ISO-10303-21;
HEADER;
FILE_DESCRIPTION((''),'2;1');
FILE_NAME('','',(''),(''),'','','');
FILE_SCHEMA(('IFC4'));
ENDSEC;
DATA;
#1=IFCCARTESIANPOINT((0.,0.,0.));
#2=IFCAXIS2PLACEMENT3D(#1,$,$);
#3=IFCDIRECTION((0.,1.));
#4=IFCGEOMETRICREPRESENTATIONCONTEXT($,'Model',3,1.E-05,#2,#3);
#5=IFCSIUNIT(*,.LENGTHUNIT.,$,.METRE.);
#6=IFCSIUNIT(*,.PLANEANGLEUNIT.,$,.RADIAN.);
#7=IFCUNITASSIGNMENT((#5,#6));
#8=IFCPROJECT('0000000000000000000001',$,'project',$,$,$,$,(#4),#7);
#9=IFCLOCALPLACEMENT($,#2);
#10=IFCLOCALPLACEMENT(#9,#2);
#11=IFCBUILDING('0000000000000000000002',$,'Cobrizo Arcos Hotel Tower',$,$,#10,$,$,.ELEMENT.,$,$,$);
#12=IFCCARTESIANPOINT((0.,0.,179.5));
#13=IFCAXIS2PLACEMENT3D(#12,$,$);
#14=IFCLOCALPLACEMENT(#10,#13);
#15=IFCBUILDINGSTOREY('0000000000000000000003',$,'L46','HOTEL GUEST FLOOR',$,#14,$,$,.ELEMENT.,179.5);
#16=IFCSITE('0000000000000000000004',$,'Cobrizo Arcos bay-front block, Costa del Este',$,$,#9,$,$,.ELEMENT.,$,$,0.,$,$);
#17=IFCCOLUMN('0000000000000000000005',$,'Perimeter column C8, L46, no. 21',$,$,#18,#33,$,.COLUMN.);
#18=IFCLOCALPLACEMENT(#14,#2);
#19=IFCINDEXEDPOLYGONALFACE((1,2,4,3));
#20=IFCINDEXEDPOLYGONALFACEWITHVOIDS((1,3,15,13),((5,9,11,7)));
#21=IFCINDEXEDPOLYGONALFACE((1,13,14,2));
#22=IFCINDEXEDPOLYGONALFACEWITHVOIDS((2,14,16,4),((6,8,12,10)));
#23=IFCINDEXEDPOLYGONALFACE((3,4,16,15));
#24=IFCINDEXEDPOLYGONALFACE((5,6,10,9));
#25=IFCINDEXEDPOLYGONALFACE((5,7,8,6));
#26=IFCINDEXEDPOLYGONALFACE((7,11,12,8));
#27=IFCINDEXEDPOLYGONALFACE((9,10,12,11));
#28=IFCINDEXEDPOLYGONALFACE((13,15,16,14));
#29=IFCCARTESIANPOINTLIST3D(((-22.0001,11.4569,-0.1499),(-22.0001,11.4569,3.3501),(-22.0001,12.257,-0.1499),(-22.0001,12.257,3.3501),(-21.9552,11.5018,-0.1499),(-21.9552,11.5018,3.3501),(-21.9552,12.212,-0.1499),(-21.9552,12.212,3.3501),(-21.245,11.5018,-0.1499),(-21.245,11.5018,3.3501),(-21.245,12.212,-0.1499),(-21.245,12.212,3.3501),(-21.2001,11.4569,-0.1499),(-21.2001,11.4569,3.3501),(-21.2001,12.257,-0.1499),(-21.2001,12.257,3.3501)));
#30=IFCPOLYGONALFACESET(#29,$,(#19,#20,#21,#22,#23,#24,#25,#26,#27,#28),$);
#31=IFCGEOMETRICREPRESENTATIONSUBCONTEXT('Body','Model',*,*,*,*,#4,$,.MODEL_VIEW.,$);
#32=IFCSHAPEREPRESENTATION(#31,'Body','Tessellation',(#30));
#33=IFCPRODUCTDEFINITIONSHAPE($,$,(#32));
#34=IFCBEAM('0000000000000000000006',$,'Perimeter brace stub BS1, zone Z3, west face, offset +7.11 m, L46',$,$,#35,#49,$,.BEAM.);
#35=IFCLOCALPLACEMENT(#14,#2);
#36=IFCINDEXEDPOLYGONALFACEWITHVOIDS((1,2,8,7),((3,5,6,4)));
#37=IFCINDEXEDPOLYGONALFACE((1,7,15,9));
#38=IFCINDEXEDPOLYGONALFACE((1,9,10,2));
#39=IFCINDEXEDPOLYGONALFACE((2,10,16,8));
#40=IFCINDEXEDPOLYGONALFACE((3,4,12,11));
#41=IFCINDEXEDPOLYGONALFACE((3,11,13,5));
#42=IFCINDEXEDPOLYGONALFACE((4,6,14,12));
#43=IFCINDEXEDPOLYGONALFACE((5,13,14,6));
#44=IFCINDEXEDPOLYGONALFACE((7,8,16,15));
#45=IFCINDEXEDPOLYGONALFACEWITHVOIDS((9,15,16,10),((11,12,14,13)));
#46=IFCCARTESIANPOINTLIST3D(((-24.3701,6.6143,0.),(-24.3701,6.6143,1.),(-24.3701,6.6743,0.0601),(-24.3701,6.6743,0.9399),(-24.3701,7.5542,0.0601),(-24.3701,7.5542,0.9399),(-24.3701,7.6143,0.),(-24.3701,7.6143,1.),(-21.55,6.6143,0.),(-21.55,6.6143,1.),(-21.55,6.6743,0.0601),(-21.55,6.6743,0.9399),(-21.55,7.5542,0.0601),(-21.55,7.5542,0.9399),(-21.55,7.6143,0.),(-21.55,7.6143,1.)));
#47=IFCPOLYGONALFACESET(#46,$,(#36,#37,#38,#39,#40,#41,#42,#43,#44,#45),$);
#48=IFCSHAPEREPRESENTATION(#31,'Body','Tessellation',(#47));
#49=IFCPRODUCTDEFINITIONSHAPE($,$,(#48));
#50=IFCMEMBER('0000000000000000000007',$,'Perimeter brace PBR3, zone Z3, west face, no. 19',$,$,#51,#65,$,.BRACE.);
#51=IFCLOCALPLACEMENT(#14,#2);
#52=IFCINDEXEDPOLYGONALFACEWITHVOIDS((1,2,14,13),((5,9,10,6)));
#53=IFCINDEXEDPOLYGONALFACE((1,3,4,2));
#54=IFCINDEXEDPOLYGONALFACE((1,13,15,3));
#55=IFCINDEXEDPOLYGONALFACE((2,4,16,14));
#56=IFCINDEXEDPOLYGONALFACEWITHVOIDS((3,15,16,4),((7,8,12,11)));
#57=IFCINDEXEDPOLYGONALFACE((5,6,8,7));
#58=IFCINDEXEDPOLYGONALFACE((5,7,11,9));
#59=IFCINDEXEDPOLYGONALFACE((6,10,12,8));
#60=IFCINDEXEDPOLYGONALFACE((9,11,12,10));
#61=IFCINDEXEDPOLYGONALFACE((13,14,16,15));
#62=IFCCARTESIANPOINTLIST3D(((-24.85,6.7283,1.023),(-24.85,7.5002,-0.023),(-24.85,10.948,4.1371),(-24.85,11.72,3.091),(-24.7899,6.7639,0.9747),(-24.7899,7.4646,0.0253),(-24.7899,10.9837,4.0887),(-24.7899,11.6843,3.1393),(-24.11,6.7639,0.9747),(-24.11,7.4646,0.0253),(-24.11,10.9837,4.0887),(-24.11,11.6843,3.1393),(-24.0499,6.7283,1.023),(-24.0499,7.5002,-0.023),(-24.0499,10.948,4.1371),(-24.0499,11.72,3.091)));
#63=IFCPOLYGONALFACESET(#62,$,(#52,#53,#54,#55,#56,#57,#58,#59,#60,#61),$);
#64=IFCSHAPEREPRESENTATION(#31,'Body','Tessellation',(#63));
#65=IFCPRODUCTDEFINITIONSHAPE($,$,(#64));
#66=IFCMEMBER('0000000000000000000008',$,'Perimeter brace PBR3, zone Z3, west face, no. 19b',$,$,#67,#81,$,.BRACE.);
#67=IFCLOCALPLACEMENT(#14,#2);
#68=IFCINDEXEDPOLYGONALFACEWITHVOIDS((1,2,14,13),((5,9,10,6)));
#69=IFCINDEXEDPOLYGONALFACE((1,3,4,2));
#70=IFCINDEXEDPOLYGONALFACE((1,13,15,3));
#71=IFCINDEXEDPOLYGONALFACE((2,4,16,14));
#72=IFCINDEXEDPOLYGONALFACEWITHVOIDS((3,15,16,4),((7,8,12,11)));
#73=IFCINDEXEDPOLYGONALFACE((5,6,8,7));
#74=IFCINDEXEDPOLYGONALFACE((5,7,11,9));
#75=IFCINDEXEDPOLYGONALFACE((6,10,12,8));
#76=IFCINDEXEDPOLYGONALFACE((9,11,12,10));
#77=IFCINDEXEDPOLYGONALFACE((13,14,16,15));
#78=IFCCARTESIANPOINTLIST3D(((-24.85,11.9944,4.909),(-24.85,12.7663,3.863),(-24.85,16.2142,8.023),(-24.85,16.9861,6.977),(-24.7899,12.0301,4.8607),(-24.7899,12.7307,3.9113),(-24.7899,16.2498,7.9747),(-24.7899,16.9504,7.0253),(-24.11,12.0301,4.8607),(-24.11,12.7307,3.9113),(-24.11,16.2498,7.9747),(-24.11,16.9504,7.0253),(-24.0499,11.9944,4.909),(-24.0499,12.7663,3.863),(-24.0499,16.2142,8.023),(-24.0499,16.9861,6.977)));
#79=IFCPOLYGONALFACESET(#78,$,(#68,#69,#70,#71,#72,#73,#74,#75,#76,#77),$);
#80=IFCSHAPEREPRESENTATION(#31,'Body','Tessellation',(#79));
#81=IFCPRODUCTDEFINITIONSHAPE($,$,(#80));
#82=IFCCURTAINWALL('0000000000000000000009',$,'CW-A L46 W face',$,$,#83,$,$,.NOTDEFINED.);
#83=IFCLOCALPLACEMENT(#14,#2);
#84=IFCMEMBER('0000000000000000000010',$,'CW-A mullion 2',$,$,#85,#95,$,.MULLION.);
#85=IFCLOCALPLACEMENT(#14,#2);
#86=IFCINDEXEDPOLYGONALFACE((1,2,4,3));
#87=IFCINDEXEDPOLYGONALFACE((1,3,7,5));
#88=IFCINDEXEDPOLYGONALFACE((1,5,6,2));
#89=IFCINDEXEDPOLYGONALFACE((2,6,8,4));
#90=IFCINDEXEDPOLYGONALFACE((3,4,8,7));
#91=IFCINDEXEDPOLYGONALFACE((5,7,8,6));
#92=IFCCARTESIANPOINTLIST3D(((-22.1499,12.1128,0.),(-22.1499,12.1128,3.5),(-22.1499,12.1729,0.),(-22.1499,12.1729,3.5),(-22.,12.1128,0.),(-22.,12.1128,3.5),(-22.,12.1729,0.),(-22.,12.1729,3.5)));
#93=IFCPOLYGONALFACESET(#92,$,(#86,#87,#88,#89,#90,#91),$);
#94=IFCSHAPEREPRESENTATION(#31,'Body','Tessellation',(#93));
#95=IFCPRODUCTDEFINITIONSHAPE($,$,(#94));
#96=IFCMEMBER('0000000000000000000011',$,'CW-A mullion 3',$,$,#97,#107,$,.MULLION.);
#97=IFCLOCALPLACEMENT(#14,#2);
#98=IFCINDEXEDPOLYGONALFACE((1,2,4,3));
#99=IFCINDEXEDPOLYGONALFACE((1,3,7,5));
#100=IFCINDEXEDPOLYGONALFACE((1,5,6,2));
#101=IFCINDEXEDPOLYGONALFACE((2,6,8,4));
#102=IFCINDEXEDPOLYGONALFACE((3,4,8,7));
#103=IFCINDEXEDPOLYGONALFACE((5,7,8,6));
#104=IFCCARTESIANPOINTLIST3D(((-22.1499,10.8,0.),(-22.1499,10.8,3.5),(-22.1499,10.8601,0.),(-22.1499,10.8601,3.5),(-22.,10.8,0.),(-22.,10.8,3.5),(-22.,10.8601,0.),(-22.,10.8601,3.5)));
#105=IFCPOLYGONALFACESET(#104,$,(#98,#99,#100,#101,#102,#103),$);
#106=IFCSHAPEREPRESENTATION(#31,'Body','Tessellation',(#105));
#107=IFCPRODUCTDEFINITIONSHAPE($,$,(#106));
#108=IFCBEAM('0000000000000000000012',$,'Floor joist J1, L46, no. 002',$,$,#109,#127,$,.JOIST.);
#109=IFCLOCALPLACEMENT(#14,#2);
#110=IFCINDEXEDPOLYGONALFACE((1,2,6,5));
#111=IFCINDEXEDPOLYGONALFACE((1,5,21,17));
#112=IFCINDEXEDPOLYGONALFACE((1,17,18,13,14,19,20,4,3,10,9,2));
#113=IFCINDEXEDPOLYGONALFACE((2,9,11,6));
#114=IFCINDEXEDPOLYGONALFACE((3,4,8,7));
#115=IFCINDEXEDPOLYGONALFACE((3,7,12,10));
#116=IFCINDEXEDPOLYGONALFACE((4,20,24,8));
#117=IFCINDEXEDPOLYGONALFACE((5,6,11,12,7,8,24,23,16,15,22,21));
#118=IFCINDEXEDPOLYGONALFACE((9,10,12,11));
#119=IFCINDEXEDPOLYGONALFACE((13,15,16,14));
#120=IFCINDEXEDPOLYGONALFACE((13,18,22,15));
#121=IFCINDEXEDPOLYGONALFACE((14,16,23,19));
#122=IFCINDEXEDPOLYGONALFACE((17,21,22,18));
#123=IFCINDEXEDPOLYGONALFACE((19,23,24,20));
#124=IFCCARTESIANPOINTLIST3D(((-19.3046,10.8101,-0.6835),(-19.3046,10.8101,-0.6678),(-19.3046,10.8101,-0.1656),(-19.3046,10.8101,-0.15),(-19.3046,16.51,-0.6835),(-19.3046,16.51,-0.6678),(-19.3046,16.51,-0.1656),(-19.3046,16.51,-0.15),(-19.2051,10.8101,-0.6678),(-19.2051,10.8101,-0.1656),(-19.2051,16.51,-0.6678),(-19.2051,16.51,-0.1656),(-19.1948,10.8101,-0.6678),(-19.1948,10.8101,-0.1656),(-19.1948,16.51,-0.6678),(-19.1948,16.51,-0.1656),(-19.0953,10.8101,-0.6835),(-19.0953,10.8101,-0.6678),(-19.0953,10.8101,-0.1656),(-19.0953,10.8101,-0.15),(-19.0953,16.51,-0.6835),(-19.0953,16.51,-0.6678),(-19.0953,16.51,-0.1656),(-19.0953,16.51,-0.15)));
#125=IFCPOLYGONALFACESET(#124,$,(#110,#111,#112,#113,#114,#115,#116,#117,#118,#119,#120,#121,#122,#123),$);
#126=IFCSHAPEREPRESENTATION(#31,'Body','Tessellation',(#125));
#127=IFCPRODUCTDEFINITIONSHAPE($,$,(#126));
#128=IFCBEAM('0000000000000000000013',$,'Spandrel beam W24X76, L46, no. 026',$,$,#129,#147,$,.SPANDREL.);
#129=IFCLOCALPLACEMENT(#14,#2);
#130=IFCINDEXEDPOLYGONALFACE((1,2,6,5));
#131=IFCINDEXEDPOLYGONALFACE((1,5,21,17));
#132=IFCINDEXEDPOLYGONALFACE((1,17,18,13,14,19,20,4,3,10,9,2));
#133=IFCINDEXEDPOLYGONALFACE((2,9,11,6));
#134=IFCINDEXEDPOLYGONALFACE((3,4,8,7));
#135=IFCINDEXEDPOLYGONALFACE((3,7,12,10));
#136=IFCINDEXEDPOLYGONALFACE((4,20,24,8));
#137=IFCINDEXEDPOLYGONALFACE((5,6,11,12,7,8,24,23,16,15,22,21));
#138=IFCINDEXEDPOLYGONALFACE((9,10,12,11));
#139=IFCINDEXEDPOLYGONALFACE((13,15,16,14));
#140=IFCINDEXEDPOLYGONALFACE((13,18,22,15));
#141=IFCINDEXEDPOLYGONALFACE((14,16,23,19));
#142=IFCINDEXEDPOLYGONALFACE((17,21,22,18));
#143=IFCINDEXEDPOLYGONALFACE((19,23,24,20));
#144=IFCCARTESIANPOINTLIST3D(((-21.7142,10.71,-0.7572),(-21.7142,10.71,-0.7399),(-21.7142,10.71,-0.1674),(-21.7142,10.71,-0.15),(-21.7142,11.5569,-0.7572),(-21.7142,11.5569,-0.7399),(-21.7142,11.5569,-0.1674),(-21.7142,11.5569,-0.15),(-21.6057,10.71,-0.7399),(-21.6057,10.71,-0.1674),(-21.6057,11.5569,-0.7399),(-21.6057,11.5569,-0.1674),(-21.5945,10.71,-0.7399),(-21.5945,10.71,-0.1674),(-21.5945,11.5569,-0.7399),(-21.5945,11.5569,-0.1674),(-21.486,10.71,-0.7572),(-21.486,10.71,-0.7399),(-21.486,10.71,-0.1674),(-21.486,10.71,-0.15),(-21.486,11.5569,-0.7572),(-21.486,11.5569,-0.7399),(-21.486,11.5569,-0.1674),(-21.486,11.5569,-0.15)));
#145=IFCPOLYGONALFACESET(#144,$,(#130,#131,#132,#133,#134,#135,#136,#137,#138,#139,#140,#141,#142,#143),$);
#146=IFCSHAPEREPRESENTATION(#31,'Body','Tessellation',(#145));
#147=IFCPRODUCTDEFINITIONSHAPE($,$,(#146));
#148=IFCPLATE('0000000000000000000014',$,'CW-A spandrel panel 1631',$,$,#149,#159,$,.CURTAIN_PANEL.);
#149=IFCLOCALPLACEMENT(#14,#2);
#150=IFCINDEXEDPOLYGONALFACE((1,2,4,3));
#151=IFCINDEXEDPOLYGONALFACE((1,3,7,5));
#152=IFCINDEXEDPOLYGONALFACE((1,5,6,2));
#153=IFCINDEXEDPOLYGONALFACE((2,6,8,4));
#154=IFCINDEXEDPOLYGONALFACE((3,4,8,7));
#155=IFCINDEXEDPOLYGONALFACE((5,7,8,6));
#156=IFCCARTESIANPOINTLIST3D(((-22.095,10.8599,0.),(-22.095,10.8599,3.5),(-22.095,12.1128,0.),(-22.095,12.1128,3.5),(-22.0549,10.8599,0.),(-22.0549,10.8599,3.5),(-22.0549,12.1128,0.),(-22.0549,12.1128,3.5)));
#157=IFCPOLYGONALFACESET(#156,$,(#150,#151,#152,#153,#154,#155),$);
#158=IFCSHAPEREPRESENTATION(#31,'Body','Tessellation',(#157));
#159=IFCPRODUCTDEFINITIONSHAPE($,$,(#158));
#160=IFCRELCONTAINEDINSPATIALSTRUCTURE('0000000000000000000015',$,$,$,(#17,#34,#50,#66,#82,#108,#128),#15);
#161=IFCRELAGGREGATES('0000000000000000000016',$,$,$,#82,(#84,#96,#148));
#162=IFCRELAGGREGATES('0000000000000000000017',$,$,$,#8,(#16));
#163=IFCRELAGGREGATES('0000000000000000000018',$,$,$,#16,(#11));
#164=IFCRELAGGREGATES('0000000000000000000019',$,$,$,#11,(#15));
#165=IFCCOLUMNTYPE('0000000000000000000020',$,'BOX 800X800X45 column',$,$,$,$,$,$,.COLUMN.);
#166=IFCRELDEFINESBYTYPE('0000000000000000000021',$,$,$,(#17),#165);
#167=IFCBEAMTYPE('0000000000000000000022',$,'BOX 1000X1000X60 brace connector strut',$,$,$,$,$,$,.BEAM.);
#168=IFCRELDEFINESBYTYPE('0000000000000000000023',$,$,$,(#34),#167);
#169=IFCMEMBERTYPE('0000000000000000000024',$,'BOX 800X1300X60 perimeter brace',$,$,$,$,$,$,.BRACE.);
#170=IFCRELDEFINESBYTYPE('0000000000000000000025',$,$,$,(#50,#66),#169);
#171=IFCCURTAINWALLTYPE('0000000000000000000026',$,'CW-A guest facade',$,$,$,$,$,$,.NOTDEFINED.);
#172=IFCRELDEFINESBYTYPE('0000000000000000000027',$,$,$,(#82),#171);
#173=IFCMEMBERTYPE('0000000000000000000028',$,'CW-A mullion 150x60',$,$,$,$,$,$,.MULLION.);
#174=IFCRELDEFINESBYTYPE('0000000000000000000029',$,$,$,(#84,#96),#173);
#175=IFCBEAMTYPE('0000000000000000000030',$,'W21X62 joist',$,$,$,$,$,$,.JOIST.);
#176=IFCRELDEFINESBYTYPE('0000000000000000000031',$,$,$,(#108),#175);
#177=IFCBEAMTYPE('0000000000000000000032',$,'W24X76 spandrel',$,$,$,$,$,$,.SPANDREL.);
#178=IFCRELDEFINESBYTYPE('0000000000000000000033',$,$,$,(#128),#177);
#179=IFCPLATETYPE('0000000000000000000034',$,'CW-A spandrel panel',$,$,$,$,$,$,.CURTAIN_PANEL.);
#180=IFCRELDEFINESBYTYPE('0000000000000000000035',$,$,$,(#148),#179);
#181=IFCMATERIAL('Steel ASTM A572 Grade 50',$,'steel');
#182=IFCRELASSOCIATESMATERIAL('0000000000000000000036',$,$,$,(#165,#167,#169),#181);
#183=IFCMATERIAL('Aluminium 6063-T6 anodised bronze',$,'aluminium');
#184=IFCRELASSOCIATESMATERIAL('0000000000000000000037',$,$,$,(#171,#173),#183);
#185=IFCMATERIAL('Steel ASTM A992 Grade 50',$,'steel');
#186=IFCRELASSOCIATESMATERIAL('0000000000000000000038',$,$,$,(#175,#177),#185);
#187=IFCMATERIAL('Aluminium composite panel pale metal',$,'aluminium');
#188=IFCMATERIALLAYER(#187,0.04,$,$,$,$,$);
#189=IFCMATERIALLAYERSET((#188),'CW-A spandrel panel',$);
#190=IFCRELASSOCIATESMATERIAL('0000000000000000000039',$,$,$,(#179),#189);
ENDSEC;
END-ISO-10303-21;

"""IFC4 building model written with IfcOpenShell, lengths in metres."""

from ifc_helpers import new_model, si_unit, direction, frame, origin, origin_2d, place, context, subcontext, project, spatial, rectangle, hollow_rectangle, i_section, extrude, material, layer, layer_set, material_profile, profile_set, type_object, element, aggregate, save


model = new_model("IFC4")

# Units and contexts
model_context = context("Model", 3, precision=1e-05, world=origin(), true_north=direction((0.0, 1.0)))
body_context = subcontext(model_context, "Body", "Model", "MODEL_VIEW")
ifc_project = project(units=[si_unit("LENGTHUNIT", "METRE"), si_unit("PLANEANGLEUNIT", "RADIAN")], contexts=[model_context])

# Site, building, storey
site_placement = place(None, origin())
site = spatial("IfcSite", under=ifc_project, at=site_placement, Name="Cobrizo Arcos bay-front block, Costa del Este", CompositionType="ELEMENT", RefElevation=0.0)
building_placement = place(site_placement, origin())
building = spatial("IfcBuilding", under=site, at=building_placement, Name="Cobrizo Arcos Hotel Tower", CompositionType="ELEMENT")
storey_placement = place(building_placement, frame((0.0, 0.0, 179.5)))
storey = spatial("IfcBuildingStorey", under=building, at=storey_placement, Name="L46", Description="HOTEL GUEST FLOOR", CompositionType="ELEMENT", Elevation=179.5)

# Column
ifc_material_1 = material(Name="Steel ASTM A572 Grade 50", Category="steel")
ifc_material_profile_1 = material_profile(ifc_material_1, hollow_rectangle(XDim=0.8, YDim=0.8, WallThickness=0.0449, at=origin_2d()), Name="BOX 800X800X45")
ifc_profile_set_1 = profile_set([ifc_material_profile_1], Name="Steel ASTM A572 Grade 50")
column_type = type_object("IfcColumnType", Name="BOX 800X800X45 column", PredefinedType="COLUMN", material=ifc_profile_set_1)
column_placement = place(storey_placement, frame((-21.6001, 11.8569, -0.1499), z_axis=(0.0, 0.0, 1.0), x_axis=(1.0, 0.0, 0.0)))
element("IfcColumn", 1, at=column_placement, inside=storey, type_object=column_type, Name="Perimeter column C8, L46, no. 21", PredefinedType="COLUMN", context=body_context, shape_type="SweptSolid", body=[
    extrude(hollow_rectangle(XDim=0.8, YDim=0.8, WallThickness=0.0449, at=origin_2d()), origin(), (0.0, 0.0, 1.0), 3.5),
])

# Beam
ifc_material_profile_2 = material_profile(ifc_material_1, hollow_rectangle(XDim=1.0, YDim=1.0, WallThickness=0.0601, at=origin_2d()), Name="BOX 1000X1000X60")
ifc_profile_set_2 = profile_set([ifc_material_profile_2], Name="Steel ASTM A572 Grade 50")
beam_type_1 = type_object("IfcBeamType", Name="BOX 1000X1000X60 brace connector strut", PredefinedType="BEAM", material=ifc_profile_set_2)
beam_1_placement = place(storey_placement, frame((-21.55, 7.1143, 0.5), z_axis=(-1.0, 0.0, 0.0), x_axis=(0.0, -1.0, 0.0)))
element("IfcBeam", 2, at=beam_1_placement, inside=storey, type_object=beam_type_1, Name="Perimeter brace stub BS1, zone Z3, west face, offset +7.11 m, L46", PredefinedType="BEAM", context=body_context, shape_type="SweptSolid", body=[
    extrude(hollow_rectangle(XDim=1.0, YDim=1.0, WallThickness=0.0601, at=origin_2d()), origin(), (0.0, 0.0, 1.0), 2.8201),
])

# Members
ifc_material_profile_3 = material_profile(ifc_material_1, hollow_rectangle(XDim=0.8, YDim=1.3, WallThickness=0.0601, at=origin_2d()), Name="BOX 800X1300X60")
ifc_profile_set_3 = profile_set([ifc_material_profile_3], Name="Steel ASTM A572 Grade 50")
member_type_1 = type_object("IfcMemberType", Name="BOX 800X1300X60 perimeter brace", PredefinedType="BRACE", material=ifc_profile_set_3)
for number, where, z_axis, x_axis, name in (
    (3, (-24.45, 7.1143, 0.5), (0.0, 0.804624, 0.593785), (-1.0, 0.0, 0.0), "Perimeter brace PBR3, zone Z3, west face, no. 19"),
    (4, (-24.45, 12.3804, 4.386), (0.0, 0.804624, 0.593785), (-1.0, 0.0, 0.0), "Perimeter brace PBR3, zone Z3, west face, no. 19b"),
):
    element("IfcMember", number, at=place(storey_placement, frame(where, z_axis=z_axis, x_axis=x_axis)), inside=storey, type_object=member_type_1, Name=name, PredefinedType="BRACE", context=body_context, shape_type="SweptSolid", body=[
        extrude(hollow_rectangle(XDim=0.8, YDim=1.3, WallThickness=0.0601, at=origin_2d()), origin(), (0.0, 0.0, 1.0), 5.2444),
    ])

# Curtain wall, members
ifc_material_2 = material(Name="Aluminium 6063-T6 anodised bronze", Category="aluminium")
curtain_wall_type = type_object("IfcCurtainWallType", Name="CW-A guest facade", PredefinedType="NOTDEFINED", material=ifc_material_2)
curtain_wall_placement = place(storey_placement, origin())
curtain_wall = element("IfcCurtainWall", 5, at=curtain_wall_placement, inside=storey, type_object=curtain_wall_type, Name="CW-A L46 W face", PredefinedType="NOTDEFINED")
ifc_material_profile_4 = material_profile(ifc_material_2, rectangle(XDim=0.1499, YDim=0.0601, at=origin_2d()), Name="CW-A mullion 150x60")
ifc_profile_set_4 = profile_set([ifc_material_profile_4], Name="Aluminium 6063-T6 anodised bronze")
member_type_2 = type_object("IfcMemberType", Name="CW-A mullion 150x60", PredefinedType="MULLION", material=ifc_profile_set_4)
member_1_placement = place(storey_placement, frame((-22.075, 12.1428, 0.0), z_axis=(0.0, 0.0, 1.0), x_axis=(-1.0, 0.0, 0.0)))
member_1 = element("IfcMember", 6, at=member_1_placement, type_object=member_type_2, Name="CW-A mullion 2", PredefinedType="MULLION", context=body_context, shape_type="SweptSolid", body=[
    extrude(rectangle(XDim=0.1499, YDim=0.0601, at=origin_2d()), origin(), (0.0, 0.0, 1.0), 3.5),
])
member_2_placement = place(storey_placement, frame((-22.075, 10.8301, 0.0), z_axis=(0.0, 0.0, 1.0), x_axis=(-1.0, 0.0, 0.0)))
member_2 = element("IfcMember", 7, at=member_2_placement, type_object=member_type_2, Name="CW-A mullion 3", PredefinedType="MULLION", context=body_context, shape_type="SweptSolid", body=[
    extrude(rectangle(XDim=0.1499, YDim=0.0601, at=origin_2d()), origin(), (0.0, 0.0, 1.0), 3.5),
])

# Beams
ifc_material_3 = material(Name="Steel ASTM A992 Grade 50", Category="steel")
ifc_material_profile_5 = material_profile(ifc_material_3, i_section(OverallWidth=0.2092, OverallDepth=0.5334, WebThickness=0.0103, FlangeThickness=0.0156, at=origin_2d()), Name="W21X62")
ifc_profile_set_5 = profile_set([ifc_material_profile_5], Name="Steel ASTM A992 Grade 50")
beam_type_2 = type_object("IfcBeamType", Name="W21X62 joist", PredefinedType="JOIST", material=ifc_profile_set_5)
beam_2_placement = place(storey_placement, frame((-19.2, 10.8101, -0.4167), z_axis=(0.0, 1.0, 0.0), x_axis=(-1.0, 0.0, 0.0)))
element("IfcBeam", 8, at=beam_2_placement, inside=storey, type_object=beam_type_2, Name="Floor joist J1, L46, no. 002", PredefinedType="JOIST", context=body_context, shape_type="SweptSolid", body=[
    extrude(i_section(OverallWidth=0.2092, OverallDepth=0.5334, WebThickness=0.0103, FlangeThickness=0.0156, at=origin_2d()), origin(), (0.0, 0.0, 1.0), 5.7),
])
ifc_material_profile_6 = material_profile(ifc_material_3, i_section(OverallWidth=0.2283, OverallDepth=0.6072, WebThickness=0.0112, FlangeThickness=0.0173, at=origin_2d()), Name="W24X76")
ifc_profile_set_6 = profile_set([ifc_material_profile_6], Name="Steel ASTM A992 Grade 50")
beam_type_3 = type_object("IfcBeamType", Name="W24X76 spandrel", PredefinedType="SPANDREL", material=ifc_profile_set_6)
beam_3_placement = place(storey_placement, frame((-21.6001, 11.5569, -0.4536), z_axis=(0.0, -1.0, 0.0), x_axis=(1.0, 0.0, 0.0)))
element("IfcBeam", 9, at=beam_3_placement, inside=storey, type_object=beam_type_3, Name="Spandrel beam W24X76, L46, no. 026", PredefinedType="SPANDREL", context=body_context, shape_type="SweptSolid", body=[
    extrude(i_section(OverallWidth=0.2283, OverallDepth=0.6072, WebThickness=0.0112, FlangeThickness=0.0173, at=origin_2d()), origin(), (0.0, 0.0, 1.0), 0.8469),
])

# Plate
ifc_material_4 = material(Name="Aluminium composite panel pale metal", Category="aluminium")
ifc_layer_1 = layer(ifc_material_4, 0.04)
ifc_layer_set_1 = layer_set([ifc_layer_1], Name="CW-A spandrel panel")
plate_type = type_object("IfcPlateType", Name="CW-A spandrel panel", PredefinedType="CURTAIN_PANEL", material=ifc_layer_set_1)
plate_placement = place(storey_placement, frame((-22.075, 11.4863, 0.0), z_axis=(0.0, 0.0, 1.0), x_axis=(0.0, -1.0, 0.0)))
plate = element("IfcPlate", 10, at=plate_placement, type_object=plate_type, Name="CW-A spandrel panel 1631", PredefinedType="CURTAIN_PANEL", context=body_context, shape_type="SweptSolid", body=[
    extrude(rectangle(XDim=1.2529, YDim=0.04, at=origin_2d()), origin(), (0.0, 0.0, 1.0), 3.5),
])
aggregate(curtain_wall, [member_1, member_2, plate])

save(model, "model.ifc")
